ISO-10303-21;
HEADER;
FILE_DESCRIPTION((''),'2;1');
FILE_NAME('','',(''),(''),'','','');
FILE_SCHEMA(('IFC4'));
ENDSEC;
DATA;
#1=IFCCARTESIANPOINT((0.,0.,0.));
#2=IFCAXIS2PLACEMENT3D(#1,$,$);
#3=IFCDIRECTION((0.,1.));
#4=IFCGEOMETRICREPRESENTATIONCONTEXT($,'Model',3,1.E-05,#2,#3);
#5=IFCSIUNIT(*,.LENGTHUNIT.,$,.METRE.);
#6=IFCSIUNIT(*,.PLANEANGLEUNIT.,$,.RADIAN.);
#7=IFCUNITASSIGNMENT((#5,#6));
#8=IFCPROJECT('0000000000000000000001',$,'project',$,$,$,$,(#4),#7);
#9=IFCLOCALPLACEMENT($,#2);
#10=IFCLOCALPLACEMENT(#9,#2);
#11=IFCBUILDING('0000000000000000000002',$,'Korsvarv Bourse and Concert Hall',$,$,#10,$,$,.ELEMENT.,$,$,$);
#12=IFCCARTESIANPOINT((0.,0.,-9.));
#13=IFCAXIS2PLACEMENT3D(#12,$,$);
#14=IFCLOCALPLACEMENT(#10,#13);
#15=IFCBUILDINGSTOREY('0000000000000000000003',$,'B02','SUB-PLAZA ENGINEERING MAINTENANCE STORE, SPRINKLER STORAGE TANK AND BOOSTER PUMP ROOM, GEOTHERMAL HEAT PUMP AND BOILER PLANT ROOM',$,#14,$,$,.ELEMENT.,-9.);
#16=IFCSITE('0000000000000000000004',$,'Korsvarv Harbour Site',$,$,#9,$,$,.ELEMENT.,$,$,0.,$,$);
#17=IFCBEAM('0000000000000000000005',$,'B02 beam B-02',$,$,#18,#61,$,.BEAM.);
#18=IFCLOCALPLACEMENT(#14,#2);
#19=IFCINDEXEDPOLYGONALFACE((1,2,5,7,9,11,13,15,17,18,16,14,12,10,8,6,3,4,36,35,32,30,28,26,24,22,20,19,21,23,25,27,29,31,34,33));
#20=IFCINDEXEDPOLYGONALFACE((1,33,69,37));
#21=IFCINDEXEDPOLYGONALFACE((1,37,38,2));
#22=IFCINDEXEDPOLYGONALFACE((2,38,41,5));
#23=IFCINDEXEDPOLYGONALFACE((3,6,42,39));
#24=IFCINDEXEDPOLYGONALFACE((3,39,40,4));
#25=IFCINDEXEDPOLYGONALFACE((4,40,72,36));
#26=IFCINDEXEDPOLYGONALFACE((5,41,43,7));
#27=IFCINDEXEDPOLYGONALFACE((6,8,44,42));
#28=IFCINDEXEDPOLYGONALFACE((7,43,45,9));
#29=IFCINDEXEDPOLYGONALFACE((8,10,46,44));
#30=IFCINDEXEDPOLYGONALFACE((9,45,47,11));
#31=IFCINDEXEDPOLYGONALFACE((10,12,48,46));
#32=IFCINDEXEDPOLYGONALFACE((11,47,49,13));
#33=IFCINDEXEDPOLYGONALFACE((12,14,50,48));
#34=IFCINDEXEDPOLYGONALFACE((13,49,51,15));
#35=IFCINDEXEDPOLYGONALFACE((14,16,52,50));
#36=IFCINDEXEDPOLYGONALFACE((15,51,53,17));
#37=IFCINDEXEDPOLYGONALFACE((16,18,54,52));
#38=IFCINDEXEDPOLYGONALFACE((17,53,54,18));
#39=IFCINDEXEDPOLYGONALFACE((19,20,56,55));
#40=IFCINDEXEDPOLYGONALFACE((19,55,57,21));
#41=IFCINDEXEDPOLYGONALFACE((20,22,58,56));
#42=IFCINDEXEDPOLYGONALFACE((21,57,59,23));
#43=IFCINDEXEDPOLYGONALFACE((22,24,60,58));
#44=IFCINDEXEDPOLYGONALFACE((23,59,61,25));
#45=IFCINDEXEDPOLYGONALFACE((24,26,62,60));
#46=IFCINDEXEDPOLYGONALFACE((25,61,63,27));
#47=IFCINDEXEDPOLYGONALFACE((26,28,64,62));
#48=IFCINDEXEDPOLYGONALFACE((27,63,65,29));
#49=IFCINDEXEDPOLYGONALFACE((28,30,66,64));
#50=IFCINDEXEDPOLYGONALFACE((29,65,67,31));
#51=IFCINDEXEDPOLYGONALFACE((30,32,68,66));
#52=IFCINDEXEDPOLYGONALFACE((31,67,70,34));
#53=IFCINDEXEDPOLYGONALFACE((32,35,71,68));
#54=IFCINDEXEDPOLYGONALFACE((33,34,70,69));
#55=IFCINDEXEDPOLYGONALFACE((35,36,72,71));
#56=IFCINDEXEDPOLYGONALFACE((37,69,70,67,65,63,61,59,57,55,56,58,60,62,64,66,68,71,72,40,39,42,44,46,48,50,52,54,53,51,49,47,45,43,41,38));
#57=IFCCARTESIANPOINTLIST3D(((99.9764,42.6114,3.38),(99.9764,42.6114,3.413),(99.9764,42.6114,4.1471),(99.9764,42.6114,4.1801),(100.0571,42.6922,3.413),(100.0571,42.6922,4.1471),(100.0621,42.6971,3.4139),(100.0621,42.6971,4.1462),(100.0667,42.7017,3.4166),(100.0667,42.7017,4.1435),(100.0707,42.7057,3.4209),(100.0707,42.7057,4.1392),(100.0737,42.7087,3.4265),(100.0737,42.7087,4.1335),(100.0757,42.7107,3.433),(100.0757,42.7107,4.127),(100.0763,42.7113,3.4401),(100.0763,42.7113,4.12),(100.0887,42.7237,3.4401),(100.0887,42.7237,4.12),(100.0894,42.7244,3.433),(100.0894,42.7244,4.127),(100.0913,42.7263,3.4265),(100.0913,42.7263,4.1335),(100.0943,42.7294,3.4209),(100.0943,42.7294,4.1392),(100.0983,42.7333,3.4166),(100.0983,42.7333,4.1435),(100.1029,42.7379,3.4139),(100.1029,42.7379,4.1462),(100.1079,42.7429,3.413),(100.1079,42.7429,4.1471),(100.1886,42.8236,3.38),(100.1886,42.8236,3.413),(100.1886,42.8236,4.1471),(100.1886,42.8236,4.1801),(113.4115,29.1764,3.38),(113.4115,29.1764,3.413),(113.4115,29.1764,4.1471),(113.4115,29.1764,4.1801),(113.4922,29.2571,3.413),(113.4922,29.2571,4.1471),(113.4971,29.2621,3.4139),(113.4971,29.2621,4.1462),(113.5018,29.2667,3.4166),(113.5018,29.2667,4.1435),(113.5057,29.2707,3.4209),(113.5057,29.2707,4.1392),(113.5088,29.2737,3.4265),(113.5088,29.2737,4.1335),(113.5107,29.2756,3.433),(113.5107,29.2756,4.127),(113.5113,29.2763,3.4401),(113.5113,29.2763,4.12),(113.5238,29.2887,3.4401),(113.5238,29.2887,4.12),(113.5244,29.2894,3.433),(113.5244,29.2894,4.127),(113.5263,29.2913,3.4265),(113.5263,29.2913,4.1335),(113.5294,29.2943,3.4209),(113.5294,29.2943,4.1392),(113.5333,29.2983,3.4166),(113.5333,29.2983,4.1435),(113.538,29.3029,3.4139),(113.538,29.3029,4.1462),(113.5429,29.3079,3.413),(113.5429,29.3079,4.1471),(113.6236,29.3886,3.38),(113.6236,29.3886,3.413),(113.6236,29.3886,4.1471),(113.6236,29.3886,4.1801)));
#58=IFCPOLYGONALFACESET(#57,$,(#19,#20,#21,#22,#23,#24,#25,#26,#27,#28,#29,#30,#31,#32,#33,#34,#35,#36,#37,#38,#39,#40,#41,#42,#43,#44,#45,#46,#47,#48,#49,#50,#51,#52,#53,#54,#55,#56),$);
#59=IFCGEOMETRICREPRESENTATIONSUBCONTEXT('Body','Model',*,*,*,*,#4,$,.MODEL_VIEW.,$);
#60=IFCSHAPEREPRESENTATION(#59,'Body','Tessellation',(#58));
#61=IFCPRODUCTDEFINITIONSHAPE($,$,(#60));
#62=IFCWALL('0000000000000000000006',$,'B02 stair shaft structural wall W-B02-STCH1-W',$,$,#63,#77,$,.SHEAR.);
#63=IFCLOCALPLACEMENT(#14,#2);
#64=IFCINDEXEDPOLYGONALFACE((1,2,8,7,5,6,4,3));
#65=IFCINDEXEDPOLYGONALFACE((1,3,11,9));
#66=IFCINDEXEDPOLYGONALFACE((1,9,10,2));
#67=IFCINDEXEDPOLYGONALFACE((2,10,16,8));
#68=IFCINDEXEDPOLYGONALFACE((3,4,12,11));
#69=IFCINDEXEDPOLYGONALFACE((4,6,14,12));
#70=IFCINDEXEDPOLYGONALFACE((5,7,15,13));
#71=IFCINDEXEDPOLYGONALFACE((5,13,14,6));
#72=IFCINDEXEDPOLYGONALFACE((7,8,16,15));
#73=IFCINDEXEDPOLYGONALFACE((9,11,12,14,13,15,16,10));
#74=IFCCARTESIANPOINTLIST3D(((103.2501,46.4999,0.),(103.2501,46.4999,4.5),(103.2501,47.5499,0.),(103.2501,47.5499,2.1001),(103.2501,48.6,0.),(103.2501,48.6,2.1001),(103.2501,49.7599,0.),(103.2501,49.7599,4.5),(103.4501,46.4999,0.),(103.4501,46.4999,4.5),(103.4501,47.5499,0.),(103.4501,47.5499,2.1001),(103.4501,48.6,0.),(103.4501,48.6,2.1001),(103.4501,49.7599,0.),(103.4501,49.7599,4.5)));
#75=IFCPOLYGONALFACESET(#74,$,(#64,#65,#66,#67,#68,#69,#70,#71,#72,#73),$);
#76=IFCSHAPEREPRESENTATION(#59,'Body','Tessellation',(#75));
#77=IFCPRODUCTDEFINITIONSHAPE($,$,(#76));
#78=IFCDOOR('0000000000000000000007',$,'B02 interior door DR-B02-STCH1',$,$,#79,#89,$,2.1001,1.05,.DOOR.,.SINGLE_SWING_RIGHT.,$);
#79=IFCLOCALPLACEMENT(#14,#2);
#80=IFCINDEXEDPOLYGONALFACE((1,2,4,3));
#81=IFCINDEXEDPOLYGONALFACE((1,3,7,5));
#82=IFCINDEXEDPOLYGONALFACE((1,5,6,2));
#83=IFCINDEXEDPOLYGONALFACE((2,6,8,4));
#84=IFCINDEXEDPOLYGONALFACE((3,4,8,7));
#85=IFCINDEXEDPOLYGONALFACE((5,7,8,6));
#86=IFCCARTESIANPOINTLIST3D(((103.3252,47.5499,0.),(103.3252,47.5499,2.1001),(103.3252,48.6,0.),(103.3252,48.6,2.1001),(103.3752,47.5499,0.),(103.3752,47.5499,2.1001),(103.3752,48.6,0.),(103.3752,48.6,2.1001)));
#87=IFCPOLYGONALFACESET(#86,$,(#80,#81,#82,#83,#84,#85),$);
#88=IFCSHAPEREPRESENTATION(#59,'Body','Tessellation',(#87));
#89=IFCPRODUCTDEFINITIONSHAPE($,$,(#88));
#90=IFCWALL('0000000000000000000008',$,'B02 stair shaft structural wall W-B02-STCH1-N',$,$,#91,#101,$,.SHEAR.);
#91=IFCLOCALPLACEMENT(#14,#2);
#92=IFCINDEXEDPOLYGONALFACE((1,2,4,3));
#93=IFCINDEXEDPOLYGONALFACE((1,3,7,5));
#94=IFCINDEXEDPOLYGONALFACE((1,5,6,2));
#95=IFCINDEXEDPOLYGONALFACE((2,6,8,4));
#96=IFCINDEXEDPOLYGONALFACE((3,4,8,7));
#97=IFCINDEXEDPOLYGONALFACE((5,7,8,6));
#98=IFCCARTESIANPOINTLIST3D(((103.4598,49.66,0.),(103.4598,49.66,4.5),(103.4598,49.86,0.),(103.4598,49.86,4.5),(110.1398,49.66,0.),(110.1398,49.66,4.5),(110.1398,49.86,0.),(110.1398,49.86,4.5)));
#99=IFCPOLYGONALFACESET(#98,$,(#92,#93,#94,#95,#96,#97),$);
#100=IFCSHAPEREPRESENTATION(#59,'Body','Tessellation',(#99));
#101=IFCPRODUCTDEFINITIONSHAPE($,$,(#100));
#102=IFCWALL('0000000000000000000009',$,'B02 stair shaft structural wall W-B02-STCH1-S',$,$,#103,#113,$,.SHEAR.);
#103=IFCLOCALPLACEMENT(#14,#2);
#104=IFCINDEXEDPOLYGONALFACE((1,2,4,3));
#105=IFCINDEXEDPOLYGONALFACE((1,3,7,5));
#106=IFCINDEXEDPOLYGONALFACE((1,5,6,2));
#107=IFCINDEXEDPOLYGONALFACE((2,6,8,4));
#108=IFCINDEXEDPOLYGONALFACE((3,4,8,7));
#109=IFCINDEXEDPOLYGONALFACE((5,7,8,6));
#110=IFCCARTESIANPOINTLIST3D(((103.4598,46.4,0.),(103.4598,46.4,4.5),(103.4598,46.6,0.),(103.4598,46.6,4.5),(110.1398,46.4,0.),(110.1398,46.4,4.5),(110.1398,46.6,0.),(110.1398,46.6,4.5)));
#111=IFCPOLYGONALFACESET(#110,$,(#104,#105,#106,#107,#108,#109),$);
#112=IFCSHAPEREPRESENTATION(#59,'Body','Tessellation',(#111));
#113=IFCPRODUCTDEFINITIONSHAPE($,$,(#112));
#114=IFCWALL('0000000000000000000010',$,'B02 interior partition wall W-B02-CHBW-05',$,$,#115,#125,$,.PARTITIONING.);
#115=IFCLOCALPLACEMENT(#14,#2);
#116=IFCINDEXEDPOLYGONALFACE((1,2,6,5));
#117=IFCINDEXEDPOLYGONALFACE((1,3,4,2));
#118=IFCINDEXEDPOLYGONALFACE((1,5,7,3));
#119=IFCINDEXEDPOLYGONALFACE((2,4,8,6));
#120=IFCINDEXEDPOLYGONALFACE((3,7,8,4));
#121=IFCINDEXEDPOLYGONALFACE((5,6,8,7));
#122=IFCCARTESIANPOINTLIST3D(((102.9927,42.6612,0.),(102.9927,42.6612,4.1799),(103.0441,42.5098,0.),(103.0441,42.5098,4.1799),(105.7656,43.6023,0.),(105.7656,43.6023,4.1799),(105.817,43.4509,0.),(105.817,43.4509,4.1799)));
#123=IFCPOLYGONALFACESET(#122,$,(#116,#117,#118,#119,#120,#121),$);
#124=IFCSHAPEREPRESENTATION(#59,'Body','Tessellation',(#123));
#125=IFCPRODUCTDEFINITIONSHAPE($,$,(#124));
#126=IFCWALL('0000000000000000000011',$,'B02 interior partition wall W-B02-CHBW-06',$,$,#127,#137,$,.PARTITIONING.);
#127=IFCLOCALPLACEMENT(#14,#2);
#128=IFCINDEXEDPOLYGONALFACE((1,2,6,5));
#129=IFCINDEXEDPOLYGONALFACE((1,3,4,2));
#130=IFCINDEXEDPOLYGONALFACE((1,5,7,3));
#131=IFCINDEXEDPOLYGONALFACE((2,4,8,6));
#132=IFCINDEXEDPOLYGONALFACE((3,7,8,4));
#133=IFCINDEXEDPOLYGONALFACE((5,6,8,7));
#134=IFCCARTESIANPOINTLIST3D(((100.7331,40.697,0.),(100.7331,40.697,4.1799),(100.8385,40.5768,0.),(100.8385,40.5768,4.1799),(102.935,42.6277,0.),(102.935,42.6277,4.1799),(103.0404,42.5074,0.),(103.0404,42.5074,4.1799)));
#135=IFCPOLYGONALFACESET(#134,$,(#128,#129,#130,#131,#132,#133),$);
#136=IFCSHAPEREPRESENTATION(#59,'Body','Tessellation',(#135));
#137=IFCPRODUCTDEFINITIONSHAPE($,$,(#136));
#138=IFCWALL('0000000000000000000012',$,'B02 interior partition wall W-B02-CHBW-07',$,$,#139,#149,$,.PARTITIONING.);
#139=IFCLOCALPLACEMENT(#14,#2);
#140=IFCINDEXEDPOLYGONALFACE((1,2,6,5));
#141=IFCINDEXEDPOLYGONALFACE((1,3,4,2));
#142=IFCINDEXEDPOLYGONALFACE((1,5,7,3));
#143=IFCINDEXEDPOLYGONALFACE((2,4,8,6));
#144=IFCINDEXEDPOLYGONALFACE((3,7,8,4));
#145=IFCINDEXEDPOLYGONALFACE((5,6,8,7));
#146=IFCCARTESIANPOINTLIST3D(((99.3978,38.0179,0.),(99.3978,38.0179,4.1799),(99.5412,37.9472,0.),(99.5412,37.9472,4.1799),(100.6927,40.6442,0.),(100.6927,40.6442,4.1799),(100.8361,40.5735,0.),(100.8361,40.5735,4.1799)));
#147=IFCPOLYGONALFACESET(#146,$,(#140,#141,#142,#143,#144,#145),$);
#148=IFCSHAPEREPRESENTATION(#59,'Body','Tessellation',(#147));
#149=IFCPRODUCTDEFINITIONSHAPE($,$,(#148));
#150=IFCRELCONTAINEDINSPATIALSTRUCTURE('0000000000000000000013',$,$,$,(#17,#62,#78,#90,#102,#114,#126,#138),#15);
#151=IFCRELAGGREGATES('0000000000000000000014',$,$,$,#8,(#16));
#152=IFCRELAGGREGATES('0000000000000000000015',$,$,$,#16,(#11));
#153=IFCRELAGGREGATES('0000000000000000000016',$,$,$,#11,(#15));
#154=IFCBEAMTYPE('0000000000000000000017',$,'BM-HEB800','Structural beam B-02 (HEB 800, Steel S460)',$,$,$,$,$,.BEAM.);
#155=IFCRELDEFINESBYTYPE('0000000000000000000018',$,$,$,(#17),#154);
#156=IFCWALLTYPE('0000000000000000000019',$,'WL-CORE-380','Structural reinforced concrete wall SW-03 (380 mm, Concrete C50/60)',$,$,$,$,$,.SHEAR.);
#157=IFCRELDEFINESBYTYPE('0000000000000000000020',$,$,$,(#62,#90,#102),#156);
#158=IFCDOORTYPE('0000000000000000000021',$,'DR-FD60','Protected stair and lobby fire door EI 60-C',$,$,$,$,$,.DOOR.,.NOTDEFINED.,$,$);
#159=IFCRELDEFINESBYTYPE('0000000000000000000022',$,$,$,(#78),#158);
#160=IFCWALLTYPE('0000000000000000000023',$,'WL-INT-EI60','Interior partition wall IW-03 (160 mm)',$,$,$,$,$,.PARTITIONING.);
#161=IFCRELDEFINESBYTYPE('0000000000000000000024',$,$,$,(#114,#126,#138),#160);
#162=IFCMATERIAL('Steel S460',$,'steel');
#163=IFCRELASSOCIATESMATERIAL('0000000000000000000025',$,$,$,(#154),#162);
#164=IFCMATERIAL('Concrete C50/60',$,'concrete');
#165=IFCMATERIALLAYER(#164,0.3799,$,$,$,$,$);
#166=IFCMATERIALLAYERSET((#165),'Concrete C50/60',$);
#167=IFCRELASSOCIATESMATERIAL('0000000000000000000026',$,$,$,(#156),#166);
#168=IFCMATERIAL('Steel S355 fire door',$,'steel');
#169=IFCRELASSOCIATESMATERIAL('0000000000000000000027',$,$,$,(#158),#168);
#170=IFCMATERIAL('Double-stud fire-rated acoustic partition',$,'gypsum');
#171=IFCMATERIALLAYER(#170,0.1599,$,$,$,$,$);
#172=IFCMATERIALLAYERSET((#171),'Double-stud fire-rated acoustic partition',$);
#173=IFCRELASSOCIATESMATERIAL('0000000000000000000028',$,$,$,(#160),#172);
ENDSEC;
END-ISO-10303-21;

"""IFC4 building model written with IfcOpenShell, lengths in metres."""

from ifc_helpers import new_model, si_unit, direction, frame, frame_2d, origin, origin_2d, place, context, subcontext, project, spatial, rectangle, i_section, extrude, source, transform, mapped, material, layer, layer_set, material_profile, profile_set, type_object, element, fill, save


model = new_model("IFC4")

# Units and contexts
model_context = context("Model", 3, precision=1e-05, world=origin(), true_north=direction((0.0, 1.0)))
body_context = subcontext(model_context, "Body", "Model", "MODEL_VIEW")
ifc_project = project(units=[si_unit("LENGTHUNIT", "METRE"), si_unit("PLANEANGLEUNIT", "RADIAN")], contexts=[model_context])

# Site, building, storey
site_placement = place(None, origin())
site = spatial("IfcSite", under=ifc_project, at=site_placement, Name="Korsvarv Harbour Site", CompositionType="ELEMENT", RefElevation=0.0)
building_placement = place(site_placement, origin())
building = spatial("IfcBuilding", under=site, at=building_placement, Name="Korsvarv Bourse and Concert Hall", CompositionType="ELEMENT")
storey_placement = place(building_placement, frame((0.0, 0.0, -9.0)))
storey = spatial("IfcBuildingStorey", under=building, at=storey_placement, Name="B02", Description="SUB-PLAZA ENGINEERING MAINTENANCE STORE, SPRINKLER STORAGE TANK AND BOOSTER PUMP ROOM, GEOTHERMAL HEAT PUMP AND BOILER PLANT ROOM", CompositionType="ELEMENT", Elevation=-9.0)

# Shared definitions
ifc_material_1 = material(Name="Concrete C50/60", Category="concrete")

# Beam
ifc_material_2 = material(Name="Steel S460", Category="steel")
ifc_material_profile_1 = material_profile(ifc_material_2, i_section(OverallWidth=0.3, OverallDepth=0.8, WebThickness=0.0176, FlangeThickness=0.033, FilletRadius=0.0271, at=origin_2d()), Name="HEB 800")
ifc_profile_set_1 = profile_set([ifc_material_profile_1], Name="Steel S460")
beam_type_1 = type_object("IfcBeamType", Name="BM-HEB800", Description="Structural beam B-02 (HEB 800, Steel S460)", PredefinedType="BEAM", material=ifc_profile_set_1)
shared_shape_1 = source(origin(), body_context, "Body", "SweptSolid", [
    extrude(i_section(OverallWidth=0.3, OverallDepth=0.8, WebThickness=0.0176, FlangeThickness=0.033, FilletRadius=0.0271, at=origin_2d()), origin(), (0.0, 0.0, 1.0), 19.0),
])
for number, where, z_axis, x_axis, name in (
    (1, (100.0825, 42.7175, 3.78), (0.707107, -0.707107, 0.0), (0.707107, 0.707107, 0.0), "B02 beam B-02"),
):
    element("IfcBeam", number, at=place(storey_placement, frame(where, z_axis=z_axis, x_axis=x_axis)), inside=storey, type_object=beam_type_1, Name=name, PredefinedType="BEAM", context=body_context, shape_type="MappedRepresentation", body=[
        mapped(shared_shape_1, transform((0.0, 0.0, 0.0), scale=1.0)),
    ])

# Wall, opening, door
ifc_layer_1 = layer(ifc_material_1, 0.3799)
ifc_layer_set_1 = layer_set([ifc_layer_1], Name="Concrete C50/60")
wall_type_1 = type_object("IfcWallType", Name="WL-CORE-380", Description="Structural reinforced concrete wall SW-03 (380 mm, Concrete C50/60)", PredefinedType="SHEAR", material=ifc_layer_set_1)
wall_1_placement = place(storey_placement, frame((103.3501, 46.5, 0.0), z_axis=(0.0, 0.0, 1.0), x_axis=(0.0, 1.0, 0.0)))
wall_1 = element("IfcWall", 2, at=wall_1_placement, inside=storey, type_object=wall_type_1, Name="B02 stair shaft structural wall W-B02-STCH1-W", PredefinedType="SHEAR", context=body_context, shape_type="SweptSolid", body=[
    extrude(rectangle(XDim=3.26, YDim=0.2, at=frame_2d((1.6299, 0.0))), origin(), (0.0, 0.0, 1.0), 4.5),
])
opening_placement = place(wall_1_placement, frame((1.05, 0.0, 0.0)))
opening = element("IfcOpeningElement", 3, at=opening_placement, cuts=wall_1, PredefinedType="OPENING", context=body_context, shape_type="SweptSolid", body=[
    extrude(rectangle(XDim=1.05, YDim=2.1001, at=frame_2d((0.5249, 1.05))), frame((0.0, 0.1099, 0.0), z_axis=(0.0, -1.0, 0.0), x_axis=(1.0, 0.0, 0.0)), (0.0, 0.0, 1.0), 0.22),
])
ifc_material_3 = material(Name="Steel S355 fire door", Category="steel")
door_type = type_object("IfcDoorType", Name="DR-FD60", Description="Protected stair and lobby fire door EI 60-C", OperationType="NOTDEFINED", PredefinedType="DOOR", material=ifc_material_3)
door_placement = place(opening_placement, origin())
door = element("IfcDoor", 4, at=door_placement, inside=storey, type_object=door_type, Name="B02 interior door DR-B02-STCH1", OperationType="SINGLE_SWING_RIGHT", OverallHeight=2.1001, OverallWidth=1.05, PredefinedType="DOOR", context=body_context, shape_type="SweptSolid", body=[
    extrude(rectangle(XDim=1.05, YDim=2.1001, at=frame_2d((0.5249, 1.05))), frame((0.0, 0.0249, 0.0), z_axis=(0.0, -1.0, 0.0), x_axis=(1.0, 0.0, 0.0)), (0.0, 0.0, 1.0), 0.05),
])
fill(opening, door)

# Walls
for number, where, z_axis, x_axis, name in (
    (5, (103.46, 49.76, 0.0), (0.0, 0.0, 1.0), (1.0, 0.0, 0.0), "B02 stair shaft structural wall W-B02-STCH1-N"),
    (6, (103.46, 46.5, 0.0), (0.0, 0.0, 1.0), (1.0, 0.0, 0.0), "B02 stair shaft structural wall W-B02-STCH1-S"),
):
    element("IfcWall", number, at=place(storey_placement, frame(where, z_axis=z_axis, x_axis=x_axis)), inside=storey, type_object=wall_type_1, Name=name, PredefinedType="SHEAR", context=body_context, shape_type="SweptSolid", body=[
        extrude(rectangle(XDim=6.6799, YDim=0.2, at=frame_2d((3.3398, 0.0))), origin(), (0.0, 0.0, 1.0), 4.5),
    ])
ifc_material_4 = material(Name="Double-stud fire-rated acoustic partition", Category="gypsum")
ifc_layer_2 = layer(ifc_material_4, 0.1599)
ifc_layer_set_2 = layer_set([ifc_layer_2], Name="Double-stud fire-rated acoustic partition")
wall_type_2 = type_object("IfcWallType", Name="WL-INT-EI60", Description="Interior partition wall IW-03 (160 mm)", PredefinedType="PARTITIONING", material=ifc_layer_set_2)
wall_2_placement = place(storey_placement, frame((105.7913, 43.5266, 0.0), z_axis=(0.0, 0.0, 1.0), x_axis=(-0.946943, -0.3214, 0.0)))
element("IfcWall", 7, at=wall_2_placement, inside=storey, type_object=wall_type_2, Name="B02 interior partition wall W-B02-CHBW-05", PredefinedType="PARTITIONING", context=body_context, shape_type="SweptSolid", body=[
    extrude(rectangle(XDim=2.9282, YDim=0.1599, at=frame_2d((1.4641, 0.0))), origin(), (0.0, 0.0, 1.0), 4.1799),
])
wall_3_placement = place(storey_placement, frame((102.9878, 42.5676, 0.0), z_axis=(0.0, 0.0, 1.0), x_axis=(-0.7519, -0.659277, 0.0)))
element("IfcWall", 8, at=wall_3_placement, inside=storey, type_object=wall_type_2, Name="B02 interior partition wall W-B02-CHBW-06", PredefinedType="PARTITIONING", context=body_context, shape_type="SweptSolid", body=[
    extrude(rectangle(XDim=2.9285, YDim=0.1599, at=frame_2d((1.4644, 0.0))), origin(), (0.0, 0.0, 1.0), 4.1799),
])
wall_4_placement = place(storey_placement, frame((100.7644, 40.6089, 0.0), z_axis=(0.0, 0.0, 1.0), x_axis=(-0.442204, -0.896914, 0.0)))
element("IfcWall", 9, at=wall_4_placement, inside=storey, type_object=wall_type_2, Name="B02 interior partition wall W-B02-CHBW-07", PredefinedType="PARTITIONING", context=body_context, shape_type="SweptSolid", body=[
    extrude(rectangle(XDim=2.9282, YDim=0.1599, at=frame_2d((1.4641, 0.0))), origin(), (0.0, 0.0, 1.0), 4.1799),
])

save(model, "model.ifc")
